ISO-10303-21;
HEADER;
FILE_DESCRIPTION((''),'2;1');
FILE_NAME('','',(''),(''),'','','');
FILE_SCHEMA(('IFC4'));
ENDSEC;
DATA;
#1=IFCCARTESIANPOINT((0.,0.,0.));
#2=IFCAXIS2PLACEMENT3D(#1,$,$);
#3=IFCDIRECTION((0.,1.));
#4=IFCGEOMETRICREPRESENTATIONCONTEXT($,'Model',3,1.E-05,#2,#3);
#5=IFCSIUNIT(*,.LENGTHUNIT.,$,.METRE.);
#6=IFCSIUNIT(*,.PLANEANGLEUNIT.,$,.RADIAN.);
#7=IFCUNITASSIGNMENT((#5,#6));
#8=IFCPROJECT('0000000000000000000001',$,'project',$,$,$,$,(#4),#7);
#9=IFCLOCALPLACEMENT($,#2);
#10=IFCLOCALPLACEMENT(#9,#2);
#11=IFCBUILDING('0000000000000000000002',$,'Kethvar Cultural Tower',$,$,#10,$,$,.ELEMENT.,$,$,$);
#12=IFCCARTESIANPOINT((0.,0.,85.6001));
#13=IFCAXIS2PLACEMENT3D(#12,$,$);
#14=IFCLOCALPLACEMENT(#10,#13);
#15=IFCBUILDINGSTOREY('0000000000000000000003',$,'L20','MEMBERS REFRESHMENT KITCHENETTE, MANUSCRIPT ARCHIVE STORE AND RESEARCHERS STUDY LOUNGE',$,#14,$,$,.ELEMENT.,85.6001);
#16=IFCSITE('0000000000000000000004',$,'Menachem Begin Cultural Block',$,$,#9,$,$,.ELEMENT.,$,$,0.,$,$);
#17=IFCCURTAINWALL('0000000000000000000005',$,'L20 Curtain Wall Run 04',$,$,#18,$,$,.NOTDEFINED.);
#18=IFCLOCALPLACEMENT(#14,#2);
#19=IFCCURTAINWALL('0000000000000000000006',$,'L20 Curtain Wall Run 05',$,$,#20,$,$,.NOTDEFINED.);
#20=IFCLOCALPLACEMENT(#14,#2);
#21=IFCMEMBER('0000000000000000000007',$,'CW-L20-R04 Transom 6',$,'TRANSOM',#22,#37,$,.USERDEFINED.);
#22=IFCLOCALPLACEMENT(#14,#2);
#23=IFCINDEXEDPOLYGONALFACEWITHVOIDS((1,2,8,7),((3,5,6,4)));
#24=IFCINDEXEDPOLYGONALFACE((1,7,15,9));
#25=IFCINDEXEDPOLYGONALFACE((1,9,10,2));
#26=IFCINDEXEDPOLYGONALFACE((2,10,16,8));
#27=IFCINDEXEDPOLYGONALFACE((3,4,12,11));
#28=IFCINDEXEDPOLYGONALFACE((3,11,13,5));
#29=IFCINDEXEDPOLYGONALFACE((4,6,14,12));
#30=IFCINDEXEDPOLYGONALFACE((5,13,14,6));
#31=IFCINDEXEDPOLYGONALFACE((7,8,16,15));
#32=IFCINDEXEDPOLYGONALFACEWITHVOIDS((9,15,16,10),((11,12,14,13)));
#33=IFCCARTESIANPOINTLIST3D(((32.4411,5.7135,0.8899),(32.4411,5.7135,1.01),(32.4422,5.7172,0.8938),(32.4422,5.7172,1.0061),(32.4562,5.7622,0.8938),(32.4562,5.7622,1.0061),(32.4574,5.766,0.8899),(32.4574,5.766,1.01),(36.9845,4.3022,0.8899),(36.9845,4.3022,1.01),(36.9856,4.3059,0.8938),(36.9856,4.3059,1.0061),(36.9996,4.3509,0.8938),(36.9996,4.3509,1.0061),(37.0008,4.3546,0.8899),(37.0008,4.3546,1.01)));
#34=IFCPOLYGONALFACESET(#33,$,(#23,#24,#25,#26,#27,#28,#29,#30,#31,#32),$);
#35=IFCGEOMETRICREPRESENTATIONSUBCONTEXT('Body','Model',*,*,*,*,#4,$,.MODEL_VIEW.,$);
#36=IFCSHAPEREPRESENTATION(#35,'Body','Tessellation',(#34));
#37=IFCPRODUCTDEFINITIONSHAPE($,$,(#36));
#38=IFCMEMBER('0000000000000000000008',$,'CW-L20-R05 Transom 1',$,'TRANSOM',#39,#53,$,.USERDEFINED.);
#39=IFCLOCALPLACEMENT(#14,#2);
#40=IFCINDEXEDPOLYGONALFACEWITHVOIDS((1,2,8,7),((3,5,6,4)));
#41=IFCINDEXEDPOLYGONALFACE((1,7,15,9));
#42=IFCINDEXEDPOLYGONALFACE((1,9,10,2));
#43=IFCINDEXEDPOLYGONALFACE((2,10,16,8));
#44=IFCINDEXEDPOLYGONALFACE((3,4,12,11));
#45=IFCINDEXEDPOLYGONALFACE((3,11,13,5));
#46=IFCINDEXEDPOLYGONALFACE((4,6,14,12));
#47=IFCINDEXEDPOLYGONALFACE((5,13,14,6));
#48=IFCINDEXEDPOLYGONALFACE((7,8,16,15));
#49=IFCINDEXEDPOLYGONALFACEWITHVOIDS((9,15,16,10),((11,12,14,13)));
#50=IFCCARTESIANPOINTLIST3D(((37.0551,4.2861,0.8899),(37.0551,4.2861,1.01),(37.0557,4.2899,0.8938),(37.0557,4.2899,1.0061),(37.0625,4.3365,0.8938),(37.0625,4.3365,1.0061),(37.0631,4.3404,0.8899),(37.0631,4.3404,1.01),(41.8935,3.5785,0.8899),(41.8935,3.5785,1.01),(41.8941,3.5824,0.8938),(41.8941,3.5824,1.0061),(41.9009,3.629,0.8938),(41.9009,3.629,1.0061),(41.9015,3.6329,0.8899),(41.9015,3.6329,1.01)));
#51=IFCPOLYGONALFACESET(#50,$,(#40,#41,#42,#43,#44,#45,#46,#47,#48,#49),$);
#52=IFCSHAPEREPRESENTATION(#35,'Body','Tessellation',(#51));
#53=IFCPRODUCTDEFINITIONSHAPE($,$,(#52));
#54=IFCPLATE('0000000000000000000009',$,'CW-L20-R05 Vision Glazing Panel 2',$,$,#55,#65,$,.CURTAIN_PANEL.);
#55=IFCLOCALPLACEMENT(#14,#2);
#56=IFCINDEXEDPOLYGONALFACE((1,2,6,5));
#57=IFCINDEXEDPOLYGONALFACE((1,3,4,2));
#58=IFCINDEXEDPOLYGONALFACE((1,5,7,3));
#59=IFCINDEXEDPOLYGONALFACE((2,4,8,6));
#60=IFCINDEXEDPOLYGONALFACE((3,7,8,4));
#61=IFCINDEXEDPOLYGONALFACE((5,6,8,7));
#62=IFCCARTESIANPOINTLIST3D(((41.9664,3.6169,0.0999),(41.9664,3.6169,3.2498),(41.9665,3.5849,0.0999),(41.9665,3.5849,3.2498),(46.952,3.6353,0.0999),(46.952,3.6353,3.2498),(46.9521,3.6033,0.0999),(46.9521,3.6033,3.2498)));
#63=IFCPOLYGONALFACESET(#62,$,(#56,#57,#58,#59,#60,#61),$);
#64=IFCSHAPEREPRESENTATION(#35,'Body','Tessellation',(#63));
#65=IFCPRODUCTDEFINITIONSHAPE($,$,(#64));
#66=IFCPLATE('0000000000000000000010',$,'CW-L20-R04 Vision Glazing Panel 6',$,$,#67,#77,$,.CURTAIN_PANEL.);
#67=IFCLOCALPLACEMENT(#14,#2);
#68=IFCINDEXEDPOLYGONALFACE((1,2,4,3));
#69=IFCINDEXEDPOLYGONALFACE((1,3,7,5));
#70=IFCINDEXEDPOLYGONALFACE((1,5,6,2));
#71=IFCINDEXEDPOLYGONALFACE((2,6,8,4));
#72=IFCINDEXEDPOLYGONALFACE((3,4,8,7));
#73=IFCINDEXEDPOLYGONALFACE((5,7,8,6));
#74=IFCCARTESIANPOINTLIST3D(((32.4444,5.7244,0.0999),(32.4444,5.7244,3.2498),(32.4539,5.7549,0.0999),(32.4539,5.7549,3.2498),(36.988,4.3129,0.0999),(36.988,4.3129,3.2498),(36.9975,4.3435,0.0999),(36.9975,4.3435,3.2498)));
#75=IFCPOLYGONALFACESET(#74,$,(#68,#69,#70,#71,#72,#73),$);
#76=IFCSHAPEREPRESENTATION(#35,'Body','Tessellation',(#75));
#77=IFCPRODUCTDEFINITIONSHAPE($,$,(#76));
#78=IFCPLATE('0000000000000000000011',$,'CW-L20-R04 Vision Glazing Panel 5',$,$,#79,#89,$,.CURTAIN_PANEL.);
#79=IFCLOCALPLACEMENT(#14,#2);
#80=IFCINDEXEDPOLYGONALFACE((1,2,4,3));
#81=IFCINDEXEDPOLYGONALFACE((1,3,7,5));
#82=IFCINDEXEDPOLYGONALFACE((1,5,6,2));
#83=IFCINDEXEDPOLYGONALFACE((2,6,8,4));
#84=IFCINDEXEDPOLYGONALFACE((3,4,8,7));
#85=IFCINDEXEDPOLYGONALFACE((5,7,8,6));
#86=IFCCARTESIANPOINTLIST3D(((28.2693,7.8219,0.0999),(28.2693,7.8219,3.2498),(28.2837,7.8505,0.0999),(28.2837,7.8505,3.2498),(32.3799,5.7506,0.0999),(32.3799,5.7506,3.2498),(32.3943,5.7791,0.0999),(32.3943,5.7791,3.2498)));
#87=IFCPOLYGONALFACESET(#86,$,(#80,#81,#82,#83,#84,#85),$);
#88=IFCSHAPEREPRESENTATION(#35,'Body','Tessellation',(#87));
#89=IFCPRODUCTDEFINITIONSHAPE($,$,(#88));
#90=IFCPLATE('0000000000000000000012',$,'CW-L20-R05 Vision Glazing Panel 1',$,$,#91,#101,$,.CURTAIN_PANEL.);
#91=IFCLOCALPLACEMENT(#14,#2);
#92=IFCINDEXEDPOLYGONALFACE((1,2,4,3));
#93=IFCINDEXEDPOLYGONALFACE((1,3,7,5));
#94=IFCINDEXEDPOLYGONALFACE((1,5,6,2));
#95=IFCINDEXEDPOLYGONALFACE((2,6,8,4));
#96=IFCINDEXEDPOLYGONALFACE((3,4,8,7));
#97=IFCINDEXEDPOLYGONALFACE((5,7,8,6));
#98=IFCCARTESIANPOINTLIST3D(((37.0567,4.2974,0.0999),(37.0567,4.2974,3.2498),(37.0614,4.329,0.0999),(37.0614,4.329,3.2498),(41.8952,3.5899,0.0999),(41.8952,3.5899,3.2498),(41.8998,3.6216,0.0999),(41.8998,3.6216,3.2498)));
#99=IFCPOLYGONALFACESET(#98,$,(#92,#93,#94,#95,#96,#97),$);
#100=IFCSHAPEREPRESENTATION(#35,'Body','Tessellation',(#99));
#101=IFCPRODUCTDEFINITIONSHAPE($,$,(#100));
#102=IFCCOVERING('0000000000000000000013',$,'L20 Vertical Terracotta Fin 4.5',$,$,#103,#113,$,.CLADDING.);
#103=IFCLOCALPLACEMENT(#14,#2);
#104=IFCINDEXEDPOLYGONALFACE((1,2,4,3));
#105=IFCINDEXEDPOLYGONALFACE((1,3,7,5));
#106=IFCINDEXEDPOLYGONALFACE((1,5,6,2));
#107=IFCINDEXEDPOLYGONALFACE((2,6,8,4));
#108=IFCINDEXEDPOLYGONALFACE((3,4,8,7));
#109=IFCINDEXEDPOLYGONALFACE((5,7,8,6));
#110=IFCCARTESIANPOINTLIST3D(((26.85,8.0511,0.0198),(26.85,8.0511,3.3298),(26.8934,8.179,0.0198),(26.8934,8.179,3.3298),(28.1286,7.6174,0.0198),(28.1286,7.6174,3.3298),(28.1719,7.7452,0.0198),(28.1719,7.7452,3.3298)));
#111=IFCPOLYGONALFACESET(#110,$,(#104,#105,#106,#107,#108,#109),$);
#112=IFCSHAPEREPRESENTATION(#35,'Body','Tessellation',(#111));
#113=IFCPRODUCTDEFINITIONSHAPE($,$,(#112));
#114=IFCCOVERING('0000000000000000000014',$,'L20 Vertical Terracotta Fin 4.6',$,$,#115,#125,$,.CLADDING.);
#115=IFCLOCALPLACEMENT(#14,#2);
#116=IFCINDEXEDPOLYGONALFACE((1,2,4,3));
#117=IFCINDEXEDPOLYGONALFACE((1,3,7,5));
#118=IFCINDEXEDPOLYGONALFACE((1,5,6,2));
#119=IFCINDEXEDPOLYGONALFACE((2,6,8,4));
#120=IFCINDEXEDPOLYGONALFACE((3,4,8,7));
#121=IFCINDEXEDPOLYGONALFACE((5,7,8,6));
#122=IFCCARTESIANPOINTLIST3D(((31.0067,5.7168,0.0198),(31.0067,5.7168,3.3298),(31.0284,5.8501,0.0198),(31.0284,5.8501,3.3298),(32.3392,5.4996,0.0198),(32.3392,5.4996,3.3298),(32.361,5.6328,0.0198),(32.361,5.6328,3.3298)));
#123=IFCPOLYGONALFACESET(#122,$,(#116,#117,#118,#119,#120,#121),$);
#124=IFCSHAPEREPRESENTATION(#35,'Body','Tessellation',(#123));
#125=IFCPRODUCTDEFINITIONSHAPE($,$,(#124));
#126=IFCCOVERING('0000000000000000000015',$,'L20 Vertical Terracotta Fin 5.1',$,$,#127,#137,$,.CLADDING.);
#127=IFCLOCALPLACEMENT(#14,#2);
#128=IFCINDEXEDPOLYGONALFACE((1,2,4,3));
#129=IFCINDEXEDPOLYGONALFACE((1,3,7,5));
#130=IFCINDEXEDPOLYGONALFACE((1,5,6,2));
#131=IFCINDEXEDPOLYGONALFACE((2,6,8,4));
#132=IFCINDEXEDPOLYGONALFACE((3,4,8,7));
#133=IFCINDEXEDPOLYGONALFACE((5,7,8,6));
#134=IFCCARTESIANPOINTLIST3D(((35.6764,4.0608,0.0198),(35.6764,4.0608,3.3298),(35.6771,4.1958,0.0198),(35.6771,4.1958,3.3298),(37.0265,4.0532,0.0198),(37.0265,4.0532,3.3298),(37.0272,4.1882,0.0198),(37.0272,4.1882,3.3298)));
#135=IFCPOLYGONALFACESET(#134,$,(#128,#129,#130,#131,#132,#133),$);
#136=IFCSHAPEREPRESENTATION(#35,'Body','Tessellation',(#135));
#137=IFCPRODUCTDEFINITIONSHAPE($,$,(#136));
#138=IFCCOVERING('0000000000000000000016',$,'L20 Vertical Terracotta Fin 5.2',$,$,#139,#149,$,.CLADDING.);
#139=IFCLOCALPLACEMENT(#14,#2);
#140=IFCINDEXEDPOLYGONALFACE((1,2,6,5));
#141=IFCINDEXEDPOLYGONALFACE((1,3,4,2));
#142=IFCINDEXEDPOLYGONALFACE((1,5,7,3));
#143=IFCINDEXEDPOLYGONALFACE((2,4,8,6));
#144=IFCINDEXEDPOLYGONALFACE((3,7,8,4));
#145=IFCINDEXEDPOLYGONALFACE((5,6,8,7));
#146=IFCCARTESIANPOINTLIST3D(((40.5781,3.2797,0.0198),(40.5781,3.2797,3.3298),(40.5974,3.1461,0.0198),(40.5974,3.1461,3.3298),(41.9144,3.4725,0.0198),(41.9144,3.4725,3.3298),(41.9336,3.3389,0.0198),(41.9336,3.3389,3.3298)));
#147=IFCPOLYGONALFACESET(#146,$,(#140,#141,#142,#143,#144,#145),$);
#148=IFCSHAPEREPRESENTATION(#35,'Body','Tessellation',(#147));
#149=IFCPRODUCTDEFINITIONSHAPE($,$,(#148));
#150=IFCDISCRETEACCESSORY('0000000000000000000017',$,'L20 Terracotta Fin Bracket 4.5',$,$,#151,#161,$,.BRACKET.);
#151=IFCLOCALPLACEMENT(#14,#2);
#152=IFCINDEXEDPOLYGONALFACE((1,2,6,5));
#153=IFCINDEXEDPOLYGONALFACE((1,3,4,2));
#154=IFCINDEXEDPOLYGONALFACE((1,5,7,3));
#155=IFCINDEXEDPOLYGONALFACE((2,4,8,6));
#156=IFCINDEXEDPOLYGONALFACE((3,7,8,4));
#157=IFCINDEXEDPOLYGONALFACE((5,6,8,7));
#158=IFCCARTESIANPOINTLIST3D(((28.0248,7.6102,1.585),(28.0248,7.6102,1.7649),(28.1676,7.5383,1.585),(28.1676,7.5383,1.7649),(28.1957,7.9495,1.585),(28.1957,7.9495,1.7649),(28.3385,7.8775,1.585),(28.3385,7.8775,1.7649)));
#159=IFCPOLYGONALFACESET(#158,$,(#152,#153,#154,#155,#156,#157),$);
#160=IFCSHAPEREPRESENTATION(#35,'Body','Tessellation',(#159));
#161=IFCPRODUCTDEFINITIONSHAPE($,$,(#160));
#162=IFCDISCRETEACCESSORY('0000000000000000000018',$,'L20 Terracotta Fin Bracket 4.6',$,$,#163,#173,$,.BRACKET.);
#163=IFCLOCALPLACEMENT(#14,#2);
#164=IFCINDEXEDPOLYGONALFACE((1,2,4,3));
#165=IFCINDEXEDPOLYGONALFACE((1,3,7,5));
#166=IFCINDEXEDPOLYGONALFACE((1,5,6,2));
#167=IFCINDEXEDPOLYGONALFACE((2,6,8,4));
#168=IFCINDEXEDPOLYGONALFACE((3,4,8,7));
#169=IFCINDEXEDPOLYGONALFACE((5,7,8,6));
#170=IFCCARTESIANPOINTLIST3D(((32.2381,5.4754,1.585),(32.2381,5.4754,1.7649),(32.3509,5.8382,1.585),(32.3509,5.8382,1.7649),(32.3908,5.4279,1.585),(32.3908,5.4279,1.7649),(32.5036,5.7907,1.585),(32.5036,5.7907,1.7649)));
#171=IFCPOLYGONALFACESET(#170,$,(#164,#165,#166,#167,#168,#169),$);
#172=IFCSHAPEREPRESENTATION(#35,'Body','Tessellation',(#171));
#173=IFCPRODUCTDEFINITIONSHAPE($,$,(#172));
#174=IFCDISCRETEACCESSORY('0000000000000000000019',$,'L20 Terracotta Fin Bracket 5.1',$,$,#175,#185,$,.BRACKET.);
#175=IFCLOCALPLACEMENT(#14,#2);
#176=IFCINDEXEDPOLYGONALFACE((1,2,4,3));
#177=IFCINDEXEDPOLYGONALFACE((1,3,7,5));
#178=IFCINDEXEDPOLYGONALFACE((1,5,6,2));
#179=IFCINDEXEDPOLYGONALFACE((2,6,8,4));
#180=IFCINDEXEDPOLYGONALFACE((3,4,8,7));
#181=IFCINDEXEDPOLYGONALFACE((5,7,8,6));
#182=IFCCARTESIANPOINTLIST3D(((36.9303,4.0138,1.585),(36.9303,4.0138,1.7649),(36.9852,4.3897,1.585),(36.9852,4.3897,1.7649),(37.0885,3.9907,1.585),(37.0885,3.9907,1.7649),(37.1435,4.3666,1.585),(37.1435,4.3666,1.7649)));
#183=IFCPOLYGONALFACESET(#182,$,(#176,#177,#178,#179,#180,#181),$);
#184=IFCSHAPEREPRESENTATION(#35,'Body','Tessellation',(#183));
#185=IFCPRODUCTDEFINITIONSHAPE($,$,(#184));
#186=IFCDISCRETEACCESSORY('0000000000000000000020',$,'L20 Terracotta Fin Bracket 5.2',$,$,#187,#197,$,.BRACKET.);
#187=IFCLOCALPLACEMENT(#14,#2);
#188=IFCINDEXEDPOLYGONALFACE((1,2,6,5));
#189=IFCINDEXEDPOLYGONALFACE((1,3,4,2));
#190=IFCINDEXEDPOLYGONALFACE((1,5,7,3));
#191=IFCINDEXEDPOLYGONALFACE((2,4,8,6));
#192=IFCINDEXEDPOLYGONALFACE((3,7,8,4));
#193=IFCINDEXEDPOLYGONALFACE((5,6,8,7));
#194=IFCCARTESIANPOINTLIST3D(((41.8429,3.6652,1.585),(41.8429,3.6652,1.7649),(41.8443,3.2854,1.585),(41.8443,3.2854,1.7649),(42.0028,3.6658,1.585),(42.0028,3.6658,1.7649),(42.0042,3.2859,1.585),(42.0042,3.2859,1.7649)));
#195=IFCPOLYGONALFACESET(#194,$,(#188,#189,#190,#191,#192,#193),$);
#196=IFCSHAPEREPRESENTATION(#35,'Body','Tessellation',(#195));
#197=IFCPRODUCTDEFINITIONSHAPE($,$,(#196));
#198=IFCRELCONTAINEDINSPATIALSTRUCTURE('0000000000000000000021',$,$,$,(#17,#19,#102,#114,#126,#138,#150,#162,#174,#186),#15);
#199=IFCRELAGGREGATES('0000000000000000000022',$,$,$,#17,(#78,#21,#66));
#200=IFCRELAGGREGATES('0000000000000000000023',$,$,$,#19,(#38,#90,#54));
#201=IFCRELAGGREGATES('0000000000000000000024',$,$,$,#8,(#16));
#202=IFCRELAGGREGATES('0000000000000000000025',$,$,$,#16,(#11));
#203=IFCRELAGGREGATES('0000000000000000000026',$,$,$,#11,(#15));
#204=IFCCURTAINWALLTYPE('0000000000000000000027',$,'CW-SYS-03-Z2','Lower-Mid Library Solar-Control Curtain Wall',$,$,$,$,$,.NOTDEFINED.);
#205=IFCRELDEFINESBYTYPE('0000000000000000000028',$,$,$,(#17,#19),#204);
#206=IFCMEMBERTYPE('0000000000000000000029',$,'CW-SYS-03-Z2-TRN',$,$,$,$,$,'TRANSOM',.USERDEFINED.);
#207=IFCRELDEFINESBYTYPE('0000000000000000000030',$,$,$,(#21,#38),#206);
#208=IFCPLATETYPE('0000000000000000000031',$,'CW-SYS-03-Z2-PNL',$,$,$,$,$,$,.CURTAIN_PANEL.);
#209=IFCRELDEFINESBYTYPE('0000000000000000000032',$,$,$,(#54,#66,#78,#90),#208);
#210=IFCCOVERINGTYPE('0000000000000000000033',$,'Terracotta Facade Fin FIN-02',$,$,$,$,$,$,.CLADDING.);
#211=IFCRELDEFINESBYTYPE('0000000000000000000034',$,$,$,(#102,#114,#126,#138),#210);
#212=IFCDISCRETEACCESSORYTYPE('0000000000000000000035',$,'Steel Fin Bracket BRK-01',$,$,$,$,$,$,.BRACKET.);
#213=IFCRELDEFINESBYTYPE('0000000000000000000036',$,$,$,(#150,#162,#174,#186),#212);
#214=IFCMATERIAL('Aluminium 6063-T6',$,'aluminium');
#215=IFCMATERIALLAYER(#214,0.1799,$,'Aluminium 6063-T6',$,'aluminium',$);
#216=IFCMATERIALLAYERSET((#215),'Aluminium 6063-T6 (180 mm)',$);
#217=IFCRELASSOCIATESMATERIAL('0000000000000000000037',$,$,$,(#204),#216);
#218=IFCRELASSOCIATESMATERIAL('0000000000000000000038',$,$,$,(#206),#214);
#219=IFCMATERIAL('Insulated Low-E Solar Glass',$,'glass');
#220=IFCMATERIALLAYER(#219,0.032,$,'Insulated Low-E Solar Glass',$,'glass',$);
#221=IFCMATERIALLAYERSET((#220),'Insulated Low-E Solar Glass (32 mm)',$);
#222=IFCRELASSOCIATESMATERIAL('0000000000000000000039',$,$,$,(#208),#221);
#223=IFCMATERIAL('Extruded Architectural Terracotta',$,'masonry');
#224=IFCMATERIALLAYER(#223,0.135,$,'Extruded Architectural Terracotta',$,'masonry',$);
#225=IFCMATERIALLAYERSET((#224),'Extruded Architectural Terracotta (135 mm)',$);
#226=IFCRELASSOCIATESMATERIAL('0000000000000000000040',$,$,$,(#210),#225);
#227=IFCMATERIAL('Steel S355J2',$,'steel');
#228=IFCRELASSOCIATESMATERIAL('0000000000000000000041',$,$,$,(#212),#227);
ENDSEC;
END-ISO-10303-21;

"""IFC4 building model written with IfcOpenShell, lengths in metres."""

from ifc_helpers import new_model, si_unit, direction, frame, origin, origin_2d, place, context, subcontext, project, spatial, rectangle, hollow_rectangle, extrude, source, transform, mapped, material, layer, layer_set, material_profile, profile_set, type_object, element, aggregate, save


model = new_model("IFC4")

# Units and contexts
model_context = context("Model", 3, precision=1e-05, world=origin(), true_north=direction((0.0, 1.0)))
body_context = subcontext(model_context, "Body", "Model", "MODEL_VIEW")
ifc_project = project(units=[si_unit("LENGTHUNIT", "METRE"), si_unit("PLANEANGLEUNIT", "RADIAN")], contexts=[model_context])

# Site, building, storey
site_placement = place(None, origin())
site = spatial("IfcSite", under=ifc_project, at=site_placement, Name="Menachem Begin Cultural Block", CompositionType="ELEMENT", RefElevation=0.0)
building_placement = place(site_placement, origin())
building = spatial("IfcBuilding", under=site, at=building_placement, Name="Kethvar Cultural Tower", CompositionType="ELEMENT")
storey_placement = place(building_placement, frame((0.0, 0.0, 85.6001)))
storey = spatial("IfcBuildingStorey", under=building, at=storey_placement, Name="L20", Description="MEMBERS REFRESHMENT KITCHENETTE, MANUSCRIPT ARCHIVE STORE AND RESEARCHERS STUDY LOUNGE", CompositionType="ELEMENT", Elevation=85.6001)

# Shared definitions
ifc_material_1 = material(Name="Steel S355J2", Category="steel")

# Curtain walls
ifc_material_2 = material(Name="Aluminium 6063-T6", Category="aluminium")
ifc_layer_1 = layer(ifc_material_2, 0.1799, Name="Aluminium 6063-T6", Category="aluminium")
ifc_layer_set_1 = layer_set([ifc_layer_1], Name="Aluminium 6063-T6 (180 mm)")
curtain_wall_type = type_object("IfcCurtainWallType", Name="CW-SYS-03-Z2", Description="Lower-Mid Library Solar-Control Curtain Wall", PredefinedType="NOTDEFINED", material=ifc_layer_set_1)
curtain_wall_1_placement = place(storey_placement, origin())
curtain_wall_1 = element("IfcCurtainWall", 1, at=curtain_wall_1_placement, inside=storey, type_object=curtain_wall_type, Name="L20 Curtain Wall Run 04", PredefinedType="NOTDEFINED")
curtain_wall_2_placement = place(storey_placement, origin())
curtain_wall_2 = element("IfcCurtainWall", 2, at=curtain_wall_2_placement, inside=storey, type_object=curtain_wall_type, Name="L20 Curtain Wall Run 05", PredefinedType="NOTDEFINED")
ifc_material_profile_1 = material_profile(ifc_material_2, hollow_rectangle(XDim=0.0549, YDim=0.1201, WallThickness=0.0039, at=origin_2d()), Name="Aluminium 6063-T6 — RHS120x55x4")
ifc_profile_set_1 = profile_set([ifc_material_profile_1], Name="Aluminium 6063-T6 — RHS120x55x4")
member_type_1 = type_object("IfcMemberType", Name="CW-SYS-03-Z2-TRN", ElementType="TRANSOM", PredefinedType="USERDEFINED", material=ifc_profile_set_1)

# Members
shared_shape_1 = source(origin(), body_context, "Body", "SweptSolid", [
    extrude(hollow_rectangle(XDim=0.0549, YDim=0.1201, WallThickness=0.0039, at=origin_2d()), origin(), (0.0, 0.0, 1.0), 4.7576),
])
member_1_placement = place(storey_placement, frame((32.4492, 5.7397, 0.95), z_axis=(0.954984, -0.296656, 0.0), x_axis=(0.296656, 0.954984, 0.0)))
member_1 = element("IfcMember", 3, at=member_1_placement, type_object=member_type_1, Name="CW-L20-R04 Transom 6", ObjectType="TRANSOM", PredefinedType="USERDEFINED", context=body_context, shape_type="MappedRepresentation", body=[
    mapped(shared_shape_1, transform((0.0, 0.0, 0.0), scale=1.0)),
])
shared_shape_2 = source(origin(), body_context, "Body", "SweptSolid", [
    extrude(hollow_rectangle(XDim=0.0549, YDim=0.1201, WallThickness=0.0039, at=origin_2d()), origin(), (0.0, 0.0, 1.0), 4.8899),
])
member_2_placement = place(storey_placement, frame((37.0591, 4.3132, 0.95), z_axis=(0.989477, -0.144692, 0.0), x_axis=(0.144692, 0.989477, 0.0)))
member_2 = element("IfcMember", 4, at=member_2_placement, type_object=member_type_1, Name="CW-L20-R05 Transom 1", ObjectType="TRANSOM", PredefinedType="USERDEFINED", context=body_context, shape_type="MappedRepresentation", body=[
    mapped(shared_shape_2, transform((0.0, 0.0, 0.0), scale=1.0)),
])

# Plates
ifc_material_3 = material(Name="Insulated Low-E Solar Glass", Category="glass")
ifc_layer_2 = layer(ifc_material_3, 0.032, Name="Insulated Low-E Solar Glass", Category="glass")
ifc_layer_set_2 = layer_set([ifc_layer_2], Name="Insulated Low-E Solar Glass (32 mm)")
plate_type = type_object("IfcPlateType", Name="CW-SYS-03-Z2-PNL", PredefinedType="CURTAIN_PANEL", material=ifc_layer_set_2)
shared_shape_3 = source(origin(), body_context, "Body", "SweptSolid", [
    extrude(rectangle(XDim=4.9856, YDim=0.032, at=origin_2d()), origin(), (0.0, 0.0, 1.0), 3.1499),
])
plate_1_placement = place(storey_placement, frame((44.4592, 3.6101, 0.0999), z_axis=(0.0, 0.0, 1.0), x_axis=(0.999993, 0.003683, 0.0)))
plate_1 = element("IfcPlate", 5, at=plate_1_placement, type_object=plate_type, Name="CW-L20-R05 Vision Glazing Panel 2", PredefinedType="CURTAIN_PANEL", context=body_context, shape_type="MappedRepresentation", body=[
    mapped(shared_shape_3, transform((0.0, 0.0, 0.0), scale=1.0)),
])
shared_shape_4 = source(origin(), body_context, "Body", "SweptSolid", [
    extrude(rectangle(XDim=4.7578, YDim=0.032, at=origin_2d()), origin(), (0.0, 0.0, 1.0), 3.1499),
])
plate_2_placement = place(storey_placement, frame((34.7209, 5.0339, 0.0999), z_axis=(0.0, 0.0, 1.0), x_axis=(0.954984, -0.296658, 0.0)))
plate_2 = element("IfcPlate", 6, at=plate_2_placement, type_object=plate_type, Name="CW-L20-R04 Vision Glazing Panel 6", PredefinedType="CURTAIN_PANEL", context=body_context, shape_type="MappedRepresentation", body=[
    mapped(shared_shape_4, transform((0.0, 0.0, 0.0), scale=1.0)),
])
shared_shape_5 = source(origin(), body_context, "Body", "SweptSolid", [
    extrude(rectangle(XDim=4.603, YDim=0.032, at=origin_2d()), origin(), (0.0, 0.0, 1.0), 3.1499),
])
plate_3_placement = place(storey_placement, frame((30.3318, 6.8005, 0.0999), z_axis=(0.0, 0.0, 1.0), x_axis=(0.893026, -0.450005, 0.0)))
plate_3 = element("IfcPlate", 7, at=plate_3_placement, type_object=plate_type, Name="CW-L20-R04 Vision Glazing Panel 5", PredefinedType="CURTAIN_PANEL", context=body_context, shape_type="MappedRepresentation", body=[
    mapped(shared_shape_5, transform((0.0, 0.0, 0.0), scale=1.0)),
])
aggregate(curtain_wall_1, [plate_3, member_1, plate_2])
shared_shape_6 = source(origin(), body_context, "Body", "SweptSolid", [
    extrude(rectangle(XDim=4.8899, YDim=0.032, at=origin_2d()), origin(), (0.0, 0.0, 1.0), 3.1499),
])
plate_4_placement = place(storey_placement, frame((39.4783, 3.9595, 0.0999), z_axis=(0.0, 0.0, 1.0), x_axis=(0.989478, -0.144684, 0.0)))
plate_4 = element("IfcPlate", 8, at=plate_4_placement, type_object=plate_type, Name="CW-L20-R05 Vision Glazing Panel 1", PredefinedType="CURTAIN_PANEL", context=body_context, shape_type="MappedRepresentation", body=[
    mapped(shared_shape_6, transform((0.0, 0.0, 0.0), scale=1.0)),
])
aggregate(curtain_wall_2, [member_2, plate_4, plate_1])

# Coverings
ifc_material_4 = material(Name="Extruded Architectural Terracotta", Category="masonry")
ifc_layer_3 = layer(ifc_material_4, 0.135, Name="Extruded Architectural Terracotta", Category="masonry")
ifc_layer_set_3 = layer_set([ifc_layer_3], Name="Extruded Architectural Terracotta (135 mm)")
covering_type = type_object("IfcCoveringType", Name="Terracotta Facade Fin FIN-02", PredefinedType="CLADDING", material=ifc_layer_set_3)
shared_shape_7 = source(origin(), body_context, "Body", "SweptSolid", [
    extrude(rectangle(XDim=1.3501, YDim=0.135, at=origin_2d()), origin(), (0.0, 0.0, 1.0), 3.3101),
])
for number, where, z_axis, x_axis, name in (
    (9, (27.511, 7.8982, 0.0198), (0.0, 0.0, 1.0), (-0.946986, 0.321274, 0.0), "L20 Vertical Terracotta Fin 4.5"),
    (10, (31.6838, 5.6748, 0.0198), (0.0, 0.0, 1.0), (-0.986968, 0.160915, 0.0), "L20 Vertical Terracotta Fin 4.6"),
    (11, (36.3518, 4.1245, 0.0198), (0.0, 0.0, 1.0), (-0.999984, 0.005585, 0.0), "L20 Vertical Terracotta Fin 5.1"),
    (12, (41.2559, 3.3093, 0.0198), (0.0, 0.0, 1.0), (-0.989751, -0.142802, 0.0), "L20 Vertical Terracotta Fin 5.2"),
):
    element("IfcCovering", number, at=place(storey_placement, frame(where, z_axis=z_axis, x_axis=x_axis)), inside=storey, type_object=covering_type, Name=name, PredefinedType="CLADDING", context=body_context, shape_type="MappedRepresentation", body=[
        mapped(shared_shape_7, transform((0.0, 0.0, 0.0), scale=1.0)),
    ])

# Discrete accessories
discrete_accessory_type = type_object("IfcDiscreteAccessoryType", Name="Steel Fin Bracket BRK-01", PredefinedType="BRACKET", material=ifc_material_1)
shared_shape_8 = source(origin(), body_context, "Body", "SweptSolid", [
    extrude(rectangle(XDim=0.3799, YDim=0.1599, at=origin_2d()), origin(), (0.0, 0.0, 1.0), 0.1799),
])
for number, where, z_axis, x_axis, name in (
    (13, (28.1816, 7.7439, 1.585), (0.0, 0.0, 1.0), (-0.449943, -0.893057, 0.0), "L20 Terracotta Fin Bracket 4.5"),
    (14, (32.3708, 5.6331, 1.585), (0.0, 0.0, 1.0), (-0.296708, -0.954968, 0.0), "L20 Terracotta Fin Bracket 4.6"),
    (15, (37.0369, 4.1902, 1.585), (0.0, 0.0, 1.0), (-0.144702, -0.989475, 0.0), "L20 Terracotta Fin Bracket 5.1"),
    (16, (41.9236, 3.4756, 1.585), (0.0, 0.0, 1.0), (0.003665, -0.999993, 0.0), "L20 Terracotta Fin Bracket 5.2"),
):
    element("IfcDiscreteAccessory", number, at=place(storey_placement, frame(where, z_axis=z_axis, x_axis=x_axis)), inside=storey, type_object=discrete_accessory_type, Name=name, PredefinedType="BRACKET", context=body_context, shape_type="MappedRepresentation", body=[
        mapped(shared_shape_8, transform((0.0, 0.0, 0.0), scale=1.0)),
    ])

save(model, "model.ifc")
